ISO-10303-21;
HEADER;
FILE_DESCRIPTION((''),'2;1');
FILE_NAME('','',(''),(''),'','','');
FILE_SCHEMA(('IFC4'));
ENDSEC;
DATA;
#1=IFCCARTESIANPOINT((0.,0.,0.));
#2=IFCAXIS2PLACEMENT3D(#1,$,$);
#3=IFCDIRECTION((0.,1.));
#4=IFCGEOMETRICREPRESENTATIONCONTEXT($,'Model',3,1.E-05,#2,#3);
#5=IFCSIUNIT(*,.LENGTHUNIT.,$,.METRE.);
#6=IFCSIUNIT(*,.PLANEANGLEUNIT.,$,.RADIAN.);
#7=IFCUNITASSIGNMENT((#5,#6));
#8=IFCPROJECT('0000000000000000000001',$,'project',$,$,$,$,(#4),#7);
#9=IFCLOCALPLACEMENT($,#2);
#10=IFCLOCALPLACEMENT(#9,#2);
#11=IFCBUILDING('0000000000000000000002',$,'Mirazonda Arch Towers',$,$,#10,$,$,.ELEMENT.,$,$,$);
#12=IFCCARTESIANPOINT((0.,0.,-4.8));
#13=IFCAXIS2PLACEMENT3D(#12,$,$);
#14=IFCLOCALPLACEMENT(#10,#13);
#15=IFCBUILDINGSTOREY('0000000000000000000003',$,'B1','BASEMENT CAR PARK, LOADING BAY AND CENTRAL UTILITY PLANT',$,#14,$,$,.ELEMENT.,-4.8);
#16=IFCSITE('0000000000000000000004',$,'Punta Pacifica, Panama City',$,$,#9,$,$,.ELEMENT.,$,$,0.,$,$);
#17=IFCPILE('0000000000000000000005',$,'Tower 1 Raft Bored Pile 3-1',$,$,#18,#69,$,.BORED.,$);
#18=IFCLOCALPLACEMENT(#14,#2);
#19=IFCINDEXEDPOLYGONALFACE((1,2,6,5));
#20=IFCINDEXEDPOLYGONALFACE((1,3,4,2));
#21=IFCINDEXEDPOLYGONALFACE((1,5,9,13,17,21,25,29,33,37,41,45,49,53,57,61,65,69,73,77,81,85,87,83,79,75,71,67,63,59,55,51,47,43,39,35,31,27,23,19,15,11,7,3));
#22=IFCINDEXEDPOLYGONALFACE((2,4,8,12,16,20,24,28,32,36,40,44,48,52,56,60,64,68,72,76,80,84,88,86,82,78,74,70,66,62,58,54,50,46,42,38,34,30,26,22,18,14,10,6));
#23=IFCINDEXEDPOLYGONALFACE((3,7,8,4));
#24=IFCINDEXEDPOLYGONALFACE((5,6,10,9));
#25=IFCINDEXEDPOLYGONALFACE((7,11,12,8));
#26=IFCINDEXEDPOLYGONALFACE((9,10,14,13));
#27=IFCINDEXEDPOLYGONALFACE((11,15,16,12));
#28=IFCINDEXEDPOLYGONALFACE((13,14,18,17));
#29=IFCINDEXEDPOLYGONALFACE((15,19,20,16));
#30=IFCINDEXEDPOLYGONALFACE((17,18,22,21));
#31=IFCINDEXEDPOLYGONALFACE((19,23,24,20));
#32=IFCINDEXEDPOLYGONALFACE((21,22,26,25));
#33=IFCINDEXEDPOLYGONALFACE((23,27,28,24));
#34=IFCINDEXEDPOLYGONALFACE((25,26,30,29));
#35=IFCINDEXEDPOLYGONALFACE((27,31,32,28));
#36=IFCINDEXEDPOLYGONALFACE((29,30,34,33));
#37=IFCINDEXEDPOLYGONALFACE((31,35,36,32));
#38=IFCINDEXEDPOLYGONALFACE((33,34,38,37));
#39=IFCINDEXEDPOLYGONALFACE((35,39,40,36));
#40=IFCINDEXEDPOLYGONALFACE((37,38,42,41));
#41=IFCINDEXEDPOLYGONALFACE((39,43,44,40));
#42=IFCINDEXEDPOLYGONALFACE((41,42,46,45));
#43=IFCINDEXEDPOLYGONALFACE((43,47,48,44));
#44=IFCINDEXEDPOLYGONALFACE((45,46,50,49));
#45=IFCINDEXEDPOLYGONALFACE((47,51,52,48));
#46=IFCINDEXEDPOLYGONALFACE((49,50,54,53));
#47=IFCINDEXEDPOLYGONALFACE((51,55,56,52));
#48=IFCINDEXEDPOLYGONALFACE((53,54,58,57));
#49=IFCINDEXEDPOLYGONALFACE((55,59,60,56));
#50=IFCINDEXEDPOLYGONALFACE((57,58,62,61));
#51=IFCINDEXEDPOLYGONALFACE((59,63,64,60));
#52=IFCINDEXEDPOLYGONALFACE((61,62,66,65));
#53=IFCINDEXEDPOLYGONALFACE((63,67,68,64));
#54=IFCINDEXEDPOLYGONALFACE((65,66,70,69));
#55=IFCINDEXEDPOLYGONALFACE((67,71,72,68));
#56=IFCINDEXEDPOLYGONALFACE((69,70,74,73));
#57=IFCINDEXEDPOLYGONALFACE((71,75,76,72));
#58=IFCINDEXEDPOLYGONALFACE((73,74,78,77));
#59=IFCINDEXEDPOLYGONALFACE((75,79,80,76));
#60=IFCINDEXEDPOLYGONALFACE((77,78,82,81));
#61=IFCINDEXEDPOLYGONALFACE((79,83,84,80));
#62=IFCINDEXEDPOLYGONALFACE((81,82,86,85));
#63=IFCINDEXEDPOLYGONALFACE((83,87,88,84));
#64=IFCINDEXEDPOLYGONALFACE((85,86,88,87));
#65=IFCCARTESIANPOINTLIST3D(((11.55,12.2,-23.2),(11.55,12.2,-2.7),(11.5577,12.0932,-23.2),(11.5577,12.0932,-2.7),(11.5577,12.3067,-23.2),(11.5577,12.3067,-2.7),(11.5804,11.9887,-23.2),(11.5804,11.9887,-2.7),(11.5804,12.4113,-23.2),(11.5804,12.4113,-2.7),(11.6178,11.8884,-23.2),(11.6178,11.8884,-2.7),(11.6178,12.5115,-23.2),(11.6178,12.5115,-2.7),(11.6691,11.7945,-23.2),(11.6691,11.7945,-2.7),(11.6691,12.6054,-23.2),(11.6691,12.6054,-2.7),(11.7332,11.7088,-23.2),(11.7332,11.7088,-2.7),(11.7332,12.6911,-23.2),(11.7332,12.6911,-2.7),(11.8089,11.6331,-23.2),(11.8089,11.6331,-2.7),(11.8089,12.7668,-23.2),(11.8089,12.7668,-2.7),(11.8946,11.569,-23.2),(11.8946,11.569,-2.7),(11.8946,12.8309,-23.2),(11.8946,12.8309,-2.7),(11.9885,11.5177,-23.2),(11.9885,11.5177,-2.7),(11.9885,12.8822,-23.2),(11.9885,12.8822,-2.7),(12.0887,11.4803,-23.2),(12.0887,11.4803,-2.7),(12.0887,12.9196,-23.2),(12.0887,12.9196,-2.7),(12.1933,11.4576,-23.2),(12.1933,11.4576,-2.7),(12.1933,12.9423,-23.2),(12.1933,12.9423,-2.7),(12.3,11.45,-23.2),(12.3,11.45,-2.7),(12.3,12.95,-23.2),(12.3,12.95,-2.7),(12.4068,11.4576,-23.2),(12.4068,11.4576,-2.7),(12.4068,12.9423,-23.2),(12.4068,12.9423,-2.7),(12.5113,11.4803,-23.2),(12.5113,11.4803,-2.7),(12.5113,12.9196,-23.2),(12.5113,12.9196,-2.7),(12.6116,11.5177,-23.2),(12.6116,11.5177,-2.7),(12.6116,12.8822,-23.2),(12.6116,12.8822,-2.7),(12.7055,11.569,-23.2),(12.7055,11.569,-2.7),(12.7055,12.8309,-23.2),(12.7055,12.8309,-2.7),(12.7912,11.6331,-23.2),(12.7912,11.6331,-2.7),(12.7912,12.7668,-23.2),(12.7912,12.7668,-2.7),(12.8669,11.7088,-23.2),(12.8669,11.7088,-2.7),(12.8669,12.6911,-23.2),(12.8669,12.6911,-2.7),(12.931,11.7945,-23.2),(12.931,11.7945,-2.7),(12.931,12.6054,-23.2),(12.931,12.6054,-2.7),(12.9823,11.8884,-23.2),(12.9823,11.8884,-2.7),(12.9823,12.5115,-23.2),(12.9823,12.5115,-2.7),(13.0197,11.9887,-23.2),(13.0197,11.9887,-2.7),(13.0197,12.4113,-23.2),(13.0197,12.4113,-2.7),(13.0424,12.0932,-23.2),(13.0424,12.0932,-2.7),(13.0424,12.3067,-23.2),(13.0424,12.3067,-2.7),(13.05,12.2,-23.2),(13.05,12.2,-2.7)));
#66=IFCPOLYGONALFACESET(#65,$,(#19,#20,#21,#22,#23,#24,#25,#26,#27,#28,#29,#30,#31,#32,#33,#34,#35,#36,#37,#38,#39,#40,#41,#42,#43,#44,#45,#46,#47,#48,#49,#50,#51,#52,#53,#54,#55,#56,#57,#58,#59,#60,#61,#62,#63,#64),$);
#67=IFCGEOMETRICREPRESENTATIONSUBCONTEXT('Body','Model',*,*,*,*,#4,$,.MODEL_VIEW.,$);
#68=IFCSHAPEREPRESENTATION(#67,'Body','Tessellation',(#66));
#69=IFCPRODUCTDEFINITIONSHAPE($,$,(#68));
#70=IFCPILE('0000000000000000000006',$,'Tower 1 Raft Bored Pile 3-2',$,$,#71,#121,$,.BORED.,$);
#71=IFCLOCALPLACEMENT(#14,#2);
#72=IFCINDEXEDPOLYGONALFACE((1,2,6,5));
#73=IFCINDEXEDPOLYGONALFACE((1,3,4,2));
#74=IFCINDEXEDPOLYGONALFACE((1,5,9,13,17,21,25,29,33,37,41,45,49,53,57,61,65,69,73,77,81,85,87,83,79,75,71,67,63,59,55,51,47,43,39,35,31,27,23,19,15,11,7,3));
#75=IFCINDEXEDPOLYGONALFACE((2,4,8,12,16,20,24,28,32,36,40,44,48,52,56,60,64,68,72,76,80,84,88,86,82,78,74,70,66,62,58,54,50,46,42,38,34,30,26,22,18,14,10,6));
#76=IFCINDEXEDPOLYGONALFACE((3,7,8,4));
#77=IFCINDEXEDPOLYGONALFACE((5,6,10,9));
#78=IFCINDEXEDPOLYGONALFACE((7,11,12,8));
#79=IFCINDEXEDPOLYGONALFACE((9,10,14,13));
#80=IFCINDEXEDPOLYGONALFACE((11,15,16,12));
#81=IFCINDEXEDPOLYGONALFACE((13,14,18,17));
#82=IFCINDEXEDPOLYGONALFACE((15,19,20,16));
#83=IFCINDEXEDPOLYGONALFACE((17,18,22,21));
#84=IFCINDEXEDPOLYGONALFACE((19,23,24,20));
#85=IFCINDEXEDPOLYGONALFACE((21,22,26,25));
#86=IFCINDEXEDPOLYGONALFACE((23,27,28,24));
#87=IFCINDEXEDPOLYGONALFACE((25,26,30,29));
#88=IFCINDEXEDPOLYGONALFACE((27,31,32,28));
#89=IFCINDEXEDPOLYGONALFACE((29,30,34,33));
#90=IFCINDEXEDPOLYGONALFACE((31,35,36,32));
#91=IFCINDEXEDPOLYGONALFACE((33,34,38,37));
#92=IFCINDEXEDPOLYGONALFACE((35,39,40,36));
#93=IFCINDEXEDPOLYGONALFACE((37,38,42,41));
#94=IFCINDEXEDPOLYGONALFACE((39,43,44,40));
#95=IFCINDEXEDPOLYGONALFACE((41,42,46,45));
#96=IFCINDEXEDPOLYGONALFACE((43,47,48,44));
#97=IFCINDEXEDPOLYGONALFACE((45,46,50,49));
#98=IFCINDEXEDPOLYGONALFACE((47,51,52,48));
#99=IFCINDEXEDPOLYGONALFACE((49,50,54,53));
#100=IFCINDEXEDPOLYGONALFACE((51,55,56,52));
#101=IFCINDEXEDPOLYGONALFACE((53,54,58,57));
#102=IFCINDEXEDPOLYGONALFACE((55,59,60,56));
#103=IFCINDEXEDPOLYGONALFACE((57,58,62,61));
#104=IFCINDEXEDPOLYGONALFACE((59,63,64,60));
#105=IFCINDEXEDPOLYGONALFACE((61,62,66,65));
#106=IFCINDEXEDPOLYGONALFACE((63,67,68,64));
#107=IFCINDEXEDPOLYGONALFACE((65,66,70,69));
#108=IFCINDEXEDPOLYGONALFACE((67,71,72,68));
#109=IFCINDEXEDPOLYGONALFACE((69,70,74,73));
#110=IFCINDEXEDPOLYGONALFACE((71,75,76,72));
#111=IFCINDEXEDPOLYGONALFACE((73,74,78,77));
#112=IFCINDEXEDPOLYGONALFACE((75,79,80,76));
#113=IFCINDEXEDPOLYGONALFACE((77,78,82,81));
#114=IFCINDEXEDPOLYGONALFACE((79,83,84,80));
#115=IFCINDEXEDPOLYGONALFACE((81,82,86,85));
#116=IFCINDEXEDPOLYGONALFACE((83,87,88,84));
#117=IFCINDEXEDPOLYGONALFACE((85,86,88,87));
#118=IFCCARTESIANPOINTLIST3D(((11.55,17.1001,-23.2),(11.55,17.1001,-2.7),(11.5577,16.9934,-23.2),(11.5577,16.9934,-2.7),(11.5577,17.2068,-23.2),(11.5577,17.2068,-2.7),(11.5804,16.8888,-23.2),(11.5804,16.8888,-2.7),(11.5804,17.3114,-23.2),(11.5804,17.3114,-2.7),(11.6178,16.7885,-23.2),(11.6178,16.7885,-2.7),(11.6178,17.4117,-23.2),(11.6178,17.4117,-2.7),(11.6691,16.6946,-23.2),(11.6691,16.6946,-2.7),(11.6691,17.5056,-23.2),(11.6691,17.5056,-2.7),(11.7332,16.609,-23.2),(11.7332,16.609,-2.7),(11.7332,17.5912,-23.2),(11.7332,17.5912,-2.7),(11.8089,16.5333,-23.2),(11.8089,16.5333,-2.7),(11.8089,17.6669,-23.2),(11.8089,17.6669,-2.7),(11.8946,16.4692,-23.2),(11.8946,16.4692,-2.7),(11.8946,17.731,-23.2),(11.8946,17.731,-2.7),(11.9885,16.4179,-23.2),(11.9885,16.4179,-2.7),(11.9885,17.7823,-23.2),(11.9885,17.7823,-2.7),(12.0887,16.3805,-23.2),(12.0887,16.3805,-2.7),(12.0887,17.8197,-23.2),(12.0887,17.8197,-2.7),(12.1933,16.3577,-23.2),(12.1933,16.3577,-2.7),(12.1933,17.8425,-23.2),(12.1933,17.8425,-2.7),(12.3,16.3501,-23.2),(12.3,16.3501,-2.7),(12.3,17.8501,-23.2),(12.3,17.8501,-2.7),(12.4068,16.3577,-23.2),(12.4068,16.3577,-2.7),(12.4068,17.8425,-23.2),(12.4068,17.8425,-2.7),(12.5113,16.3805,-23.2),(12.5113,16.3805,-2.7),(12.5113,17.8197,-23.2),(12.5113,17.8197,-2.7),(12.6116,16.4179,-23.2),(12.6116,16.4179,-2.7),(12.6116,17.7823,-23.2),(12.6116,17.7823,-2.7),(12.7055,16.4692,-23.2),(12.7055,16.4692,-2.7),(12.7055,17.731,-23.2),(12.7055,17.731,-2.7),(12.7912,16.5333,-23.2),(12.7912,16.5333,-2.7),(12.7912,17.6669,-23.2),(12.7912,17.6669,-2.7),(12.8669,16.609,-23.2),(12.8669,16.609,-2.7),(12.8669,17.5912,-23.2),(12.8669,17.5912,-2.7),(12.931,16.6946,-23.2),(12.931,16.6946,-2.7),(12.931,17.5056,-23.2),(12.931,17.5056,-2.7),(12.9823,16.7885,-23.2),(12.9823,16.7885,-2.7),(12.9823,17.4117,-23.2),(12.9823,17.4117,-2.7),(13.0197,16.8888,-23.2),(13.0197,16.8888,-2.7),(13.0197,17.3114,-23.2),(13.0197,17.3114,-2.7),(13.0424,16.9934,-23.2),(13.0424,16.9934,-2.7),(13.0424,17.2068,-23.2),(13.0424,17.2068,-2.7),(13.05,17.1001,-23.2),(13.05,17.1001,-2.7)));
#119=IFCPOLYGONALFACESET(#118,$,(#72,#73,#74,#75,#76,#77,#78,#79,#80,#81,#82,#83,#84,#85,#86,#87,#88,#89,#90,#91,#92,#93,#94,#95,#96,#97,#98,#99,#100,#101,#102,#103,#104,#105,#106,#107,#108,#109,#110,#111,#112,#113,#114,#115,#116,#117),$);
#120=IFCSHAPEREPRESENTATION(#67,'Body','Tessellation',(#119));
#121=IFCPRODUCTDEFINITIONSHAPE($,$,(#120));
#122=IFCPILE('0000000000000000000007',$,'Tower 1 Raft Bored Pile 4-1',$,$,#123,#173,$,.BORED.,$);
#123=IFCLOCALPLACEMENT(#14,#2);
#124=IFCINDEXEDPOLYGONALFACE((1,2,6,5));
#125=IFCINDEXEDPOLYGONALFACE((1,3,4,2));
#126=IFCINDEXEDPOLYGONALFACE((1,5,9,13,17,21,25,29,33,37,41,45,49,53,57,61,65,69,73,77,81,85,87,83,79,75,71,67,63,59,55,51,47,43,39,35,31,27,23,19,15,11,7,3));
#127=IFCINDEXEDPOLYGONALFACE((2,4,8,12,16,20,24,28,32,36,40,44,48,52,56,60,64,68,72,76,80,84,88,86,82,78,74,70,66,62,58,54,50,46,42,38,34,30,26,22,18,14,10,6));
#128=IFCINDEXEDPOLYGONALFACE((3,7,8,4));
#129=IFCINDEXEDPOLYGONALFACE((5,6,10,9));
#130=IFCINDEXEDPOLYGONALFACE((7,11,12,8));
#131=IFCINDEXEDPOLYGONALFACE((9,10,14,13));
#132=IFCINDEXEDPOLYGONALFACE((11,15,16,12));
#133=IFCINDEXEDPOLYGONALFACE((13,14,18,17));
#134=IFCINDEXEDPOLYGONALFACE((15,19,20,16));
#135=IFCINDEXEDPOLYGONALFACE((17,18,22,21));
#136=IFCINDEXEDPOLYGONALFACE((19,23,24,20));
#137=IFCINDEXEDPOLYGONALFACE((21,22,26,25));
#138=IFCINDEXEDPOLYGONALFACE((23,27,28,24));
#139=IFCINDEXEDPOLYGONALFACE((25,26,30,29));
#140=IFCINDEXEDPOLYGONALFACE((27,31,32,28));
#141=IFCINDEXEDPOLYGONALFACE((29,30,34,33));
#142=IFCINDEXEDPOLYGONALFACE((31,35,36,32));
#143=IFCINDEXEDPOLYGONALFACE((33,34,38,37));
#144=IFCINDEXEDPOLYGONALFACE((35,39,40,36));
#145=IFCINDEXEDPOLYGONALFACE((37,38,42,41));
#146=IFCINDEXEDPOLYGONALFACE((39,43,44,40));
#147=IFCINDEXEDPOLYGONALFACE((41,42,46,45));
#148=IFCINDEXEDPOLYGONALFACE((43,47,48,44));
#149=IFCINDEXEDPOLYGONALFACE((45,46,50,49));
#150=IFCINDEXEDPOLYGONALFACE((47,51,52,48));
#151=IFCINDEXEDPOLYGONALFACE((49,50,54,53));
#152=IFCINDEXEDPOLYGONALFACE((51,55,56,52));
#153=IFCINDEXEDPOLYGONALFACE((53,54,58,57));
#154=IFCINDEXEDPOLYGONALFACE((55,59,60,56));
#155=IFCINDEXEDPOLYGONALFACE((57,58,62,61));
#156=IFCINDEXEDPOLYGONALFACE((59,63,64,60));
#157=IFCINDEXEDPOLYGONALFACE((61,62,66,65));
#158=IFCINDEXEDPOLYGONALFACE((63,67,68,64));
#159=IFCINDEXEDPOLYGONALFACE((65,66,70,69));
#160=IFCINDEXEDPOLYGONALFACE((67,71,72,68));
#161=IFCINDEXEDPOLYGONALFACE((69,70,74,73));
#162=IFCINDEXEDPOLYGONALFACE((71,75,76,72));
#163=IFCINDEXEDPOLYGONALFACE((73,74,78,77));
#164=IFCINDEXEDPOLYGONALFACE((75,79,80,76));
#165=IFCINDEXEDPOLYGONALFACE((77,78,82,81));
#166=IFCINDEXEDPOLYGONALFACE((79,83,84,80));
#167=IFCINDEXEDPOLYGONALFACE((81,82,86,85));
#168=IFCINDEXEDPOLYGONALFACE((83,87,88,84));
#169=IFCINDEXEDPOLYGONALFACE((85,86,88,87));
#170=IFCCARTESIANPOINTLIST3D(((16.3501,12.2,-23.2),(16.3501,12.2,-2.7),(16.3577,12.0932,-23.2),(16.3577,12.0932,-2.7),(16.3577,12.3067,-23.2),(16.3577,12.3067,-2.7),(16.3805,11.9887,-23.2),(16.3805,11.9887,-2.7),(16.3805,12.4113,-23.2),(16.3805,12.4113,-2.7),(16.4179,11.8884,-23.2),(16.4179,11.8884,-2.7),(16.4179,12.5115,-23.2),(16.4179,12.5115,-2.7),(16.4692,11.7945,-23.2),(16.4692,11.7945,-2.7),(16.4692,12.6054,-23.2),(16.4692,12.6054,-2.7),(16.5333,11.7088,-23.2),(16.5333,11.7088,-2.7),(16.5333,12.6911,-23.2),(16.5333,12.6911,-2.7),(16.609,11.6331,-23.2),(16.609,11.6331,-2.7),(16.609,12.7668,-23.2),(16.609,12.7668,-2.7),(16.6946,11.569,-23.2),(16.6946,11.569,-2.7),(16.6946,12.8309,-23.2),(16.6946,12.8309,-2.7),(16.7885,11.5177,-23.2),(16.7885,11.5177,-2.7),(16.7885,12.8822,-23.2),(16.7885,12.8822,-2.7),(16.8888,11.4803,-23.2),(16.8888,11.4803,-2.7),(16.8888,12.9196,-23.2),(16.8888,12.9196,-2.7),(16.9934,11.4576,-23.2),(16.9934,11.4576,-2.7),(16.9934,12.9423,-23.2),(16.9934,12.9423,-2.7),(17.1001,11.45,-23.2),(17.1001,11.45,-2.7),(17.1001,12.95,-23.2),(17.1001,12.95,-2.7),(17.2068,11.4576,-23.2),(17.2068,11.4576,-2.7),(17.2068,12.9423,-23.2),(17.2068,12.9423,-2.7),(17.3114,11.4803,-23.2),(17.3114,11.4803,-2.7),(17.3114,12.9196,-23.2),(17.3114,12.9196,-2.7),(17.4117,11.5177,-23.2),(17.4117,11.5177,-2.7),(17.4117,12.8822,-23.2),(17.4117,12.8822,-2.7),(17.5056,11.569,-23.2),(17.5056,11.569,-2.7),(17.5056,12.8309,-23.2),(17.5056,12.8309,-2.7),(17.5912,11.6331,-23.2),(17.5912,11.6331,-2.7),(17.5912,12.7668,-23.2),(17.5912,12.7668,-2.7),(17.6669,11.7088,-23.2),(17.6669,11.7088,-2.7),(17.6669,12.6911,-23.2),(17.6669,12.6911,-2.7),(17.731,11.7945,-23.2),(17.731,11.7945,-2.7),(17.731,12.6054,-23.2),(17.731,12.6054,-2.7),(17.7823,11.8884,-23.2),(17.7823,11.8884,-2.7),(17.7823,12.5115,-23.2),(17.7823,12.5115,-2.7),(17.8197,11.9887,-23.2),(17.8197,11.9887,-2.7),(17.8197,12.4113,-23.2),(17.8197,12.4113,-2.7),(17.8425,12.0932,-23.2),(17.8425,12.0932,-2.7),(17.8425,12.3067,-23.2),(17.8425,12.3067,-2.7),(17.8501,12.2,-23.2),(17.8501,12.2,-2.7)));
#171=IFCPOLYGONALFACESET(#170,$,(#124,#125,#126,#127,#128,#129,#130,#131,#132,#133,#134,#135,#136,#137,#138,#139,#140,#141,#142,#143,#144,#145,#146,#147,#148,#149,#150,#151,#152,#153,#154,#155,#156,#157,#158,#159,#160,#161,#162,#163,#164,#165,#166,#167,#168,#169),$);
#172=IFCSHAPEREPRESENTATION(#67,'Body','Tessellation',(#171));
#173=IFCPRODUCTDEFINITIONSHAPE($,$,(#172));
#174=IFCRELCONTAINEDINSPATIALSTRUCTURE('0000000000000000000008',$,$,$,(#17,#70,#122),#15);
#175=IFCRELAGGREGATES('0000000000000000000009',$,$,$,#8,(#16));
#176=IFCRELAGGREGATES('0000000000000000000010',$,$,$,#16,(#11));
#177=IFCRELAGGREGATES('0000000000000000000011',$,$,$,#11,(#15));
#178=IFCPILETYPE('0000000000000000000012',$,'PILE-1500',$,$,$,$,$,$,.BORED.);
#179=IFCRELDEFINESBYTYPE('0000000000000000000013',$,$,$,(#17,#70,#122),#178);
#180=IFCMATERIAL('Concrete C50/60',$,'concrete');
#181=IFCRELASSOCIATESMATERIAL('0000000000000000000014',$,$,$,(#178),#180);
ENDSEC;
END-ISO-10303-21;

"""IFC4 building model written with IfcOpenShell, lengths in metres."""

from ifc_helpers import new_model, si_unit, direction, frame, origin, origin_2d, place, context, subcontext, project, spatial, circle, extrude, material, material_profile, profile_set, type_object, element, save


model = new_model("IFC4")

# Units and contexts
model_context = context("Model", 3, precision=1e-05, world=origin(), true_north=direction((0.0, 1.0)))
body_context = subcontext(model_context, "Body", "Model", "MODEL_VIEW")
ifc_project = project(units=[si_unit("LENGTHUNIT", "METRE"), si_unit("PLANEANGLEUNIT", "RADIAN")], contexts=[model_context])

# Site, building, storey
site_placement = place(None, origin())
site = spatial("IfcSite", under=ifc_project, at=site_placement, Name="Punta Pacifica, Panama City", CompositionType="ELEMENT", RefElevation=0.0)
building_placement = place(site_placement, origin())
building = spatial("IfcBuilding", under=site, at=building_placement, Name="Mirazonda Arch Towers", CompositionType="ELEMENT")
storey_placement = place(building_placement, frame((0.0, 0.0, -4.8)))
storey = spatial("IfcBuildingStorey", under=building, at=storey_placement, Name="B1", Description="BASEMENT CAR PARK, LOADING BAY AND CENTRAL UTILITY PLANT", CompositionType="ELEMENT", Elevation=-4.8)

# Piles
ifc_material_1 = material(Name="Concrete C50/60", Category="concrete")
ifc_material_profile_1 = material_profile(ifc_material_1, circle(Radius=0.75, at=origin_2d()), Name="BORED-D1500")
ifc_profile_set_1 = profile_set([ifc_material_profile_1], Name="Concrete C50/60")
pile_type_1 = type_object("IfcPileType", Name="PILE-1500", PredefinedType="BORED", material=ifc_profile_set_1)
for number, where, z_axis, x_axis, name in (
    (1, (12.3, 12.2, -2.7), (0.0, 0.0, -1.0), (1.0, 0.0, 0.0), "Tower 1 Raft Bored Pile 3-1"),
    (2, (12.3, 17.1001, -2.7), (0.0, 0.0, -1.0), (1.0, 0.0, 0.0), "Tower 1 Raft Bored Pile 3-2"),
    (3, (17.1001, 12.2, -2.7), (0.0, 0.0, -1.0), (1.0, 0.0, 0.0), "Tower 1 Raft Bored Pile 4-1"),
):
    element("IfcPile", number, at=place(storey_placement, frame(where, z_axis=z_axis, x_axis=x_axis)), inside=storey, type_object=pile_type_1, Name=name, PredefinedType="BORED", context=body_context, shape_type="SweptSolid", body=[
        extrude(circle(Radius=0.75, at=origin_2d()), origin(), (0.0, 0.0, 1.0), 20.5),
    ])

save(model, "model.ifc")
